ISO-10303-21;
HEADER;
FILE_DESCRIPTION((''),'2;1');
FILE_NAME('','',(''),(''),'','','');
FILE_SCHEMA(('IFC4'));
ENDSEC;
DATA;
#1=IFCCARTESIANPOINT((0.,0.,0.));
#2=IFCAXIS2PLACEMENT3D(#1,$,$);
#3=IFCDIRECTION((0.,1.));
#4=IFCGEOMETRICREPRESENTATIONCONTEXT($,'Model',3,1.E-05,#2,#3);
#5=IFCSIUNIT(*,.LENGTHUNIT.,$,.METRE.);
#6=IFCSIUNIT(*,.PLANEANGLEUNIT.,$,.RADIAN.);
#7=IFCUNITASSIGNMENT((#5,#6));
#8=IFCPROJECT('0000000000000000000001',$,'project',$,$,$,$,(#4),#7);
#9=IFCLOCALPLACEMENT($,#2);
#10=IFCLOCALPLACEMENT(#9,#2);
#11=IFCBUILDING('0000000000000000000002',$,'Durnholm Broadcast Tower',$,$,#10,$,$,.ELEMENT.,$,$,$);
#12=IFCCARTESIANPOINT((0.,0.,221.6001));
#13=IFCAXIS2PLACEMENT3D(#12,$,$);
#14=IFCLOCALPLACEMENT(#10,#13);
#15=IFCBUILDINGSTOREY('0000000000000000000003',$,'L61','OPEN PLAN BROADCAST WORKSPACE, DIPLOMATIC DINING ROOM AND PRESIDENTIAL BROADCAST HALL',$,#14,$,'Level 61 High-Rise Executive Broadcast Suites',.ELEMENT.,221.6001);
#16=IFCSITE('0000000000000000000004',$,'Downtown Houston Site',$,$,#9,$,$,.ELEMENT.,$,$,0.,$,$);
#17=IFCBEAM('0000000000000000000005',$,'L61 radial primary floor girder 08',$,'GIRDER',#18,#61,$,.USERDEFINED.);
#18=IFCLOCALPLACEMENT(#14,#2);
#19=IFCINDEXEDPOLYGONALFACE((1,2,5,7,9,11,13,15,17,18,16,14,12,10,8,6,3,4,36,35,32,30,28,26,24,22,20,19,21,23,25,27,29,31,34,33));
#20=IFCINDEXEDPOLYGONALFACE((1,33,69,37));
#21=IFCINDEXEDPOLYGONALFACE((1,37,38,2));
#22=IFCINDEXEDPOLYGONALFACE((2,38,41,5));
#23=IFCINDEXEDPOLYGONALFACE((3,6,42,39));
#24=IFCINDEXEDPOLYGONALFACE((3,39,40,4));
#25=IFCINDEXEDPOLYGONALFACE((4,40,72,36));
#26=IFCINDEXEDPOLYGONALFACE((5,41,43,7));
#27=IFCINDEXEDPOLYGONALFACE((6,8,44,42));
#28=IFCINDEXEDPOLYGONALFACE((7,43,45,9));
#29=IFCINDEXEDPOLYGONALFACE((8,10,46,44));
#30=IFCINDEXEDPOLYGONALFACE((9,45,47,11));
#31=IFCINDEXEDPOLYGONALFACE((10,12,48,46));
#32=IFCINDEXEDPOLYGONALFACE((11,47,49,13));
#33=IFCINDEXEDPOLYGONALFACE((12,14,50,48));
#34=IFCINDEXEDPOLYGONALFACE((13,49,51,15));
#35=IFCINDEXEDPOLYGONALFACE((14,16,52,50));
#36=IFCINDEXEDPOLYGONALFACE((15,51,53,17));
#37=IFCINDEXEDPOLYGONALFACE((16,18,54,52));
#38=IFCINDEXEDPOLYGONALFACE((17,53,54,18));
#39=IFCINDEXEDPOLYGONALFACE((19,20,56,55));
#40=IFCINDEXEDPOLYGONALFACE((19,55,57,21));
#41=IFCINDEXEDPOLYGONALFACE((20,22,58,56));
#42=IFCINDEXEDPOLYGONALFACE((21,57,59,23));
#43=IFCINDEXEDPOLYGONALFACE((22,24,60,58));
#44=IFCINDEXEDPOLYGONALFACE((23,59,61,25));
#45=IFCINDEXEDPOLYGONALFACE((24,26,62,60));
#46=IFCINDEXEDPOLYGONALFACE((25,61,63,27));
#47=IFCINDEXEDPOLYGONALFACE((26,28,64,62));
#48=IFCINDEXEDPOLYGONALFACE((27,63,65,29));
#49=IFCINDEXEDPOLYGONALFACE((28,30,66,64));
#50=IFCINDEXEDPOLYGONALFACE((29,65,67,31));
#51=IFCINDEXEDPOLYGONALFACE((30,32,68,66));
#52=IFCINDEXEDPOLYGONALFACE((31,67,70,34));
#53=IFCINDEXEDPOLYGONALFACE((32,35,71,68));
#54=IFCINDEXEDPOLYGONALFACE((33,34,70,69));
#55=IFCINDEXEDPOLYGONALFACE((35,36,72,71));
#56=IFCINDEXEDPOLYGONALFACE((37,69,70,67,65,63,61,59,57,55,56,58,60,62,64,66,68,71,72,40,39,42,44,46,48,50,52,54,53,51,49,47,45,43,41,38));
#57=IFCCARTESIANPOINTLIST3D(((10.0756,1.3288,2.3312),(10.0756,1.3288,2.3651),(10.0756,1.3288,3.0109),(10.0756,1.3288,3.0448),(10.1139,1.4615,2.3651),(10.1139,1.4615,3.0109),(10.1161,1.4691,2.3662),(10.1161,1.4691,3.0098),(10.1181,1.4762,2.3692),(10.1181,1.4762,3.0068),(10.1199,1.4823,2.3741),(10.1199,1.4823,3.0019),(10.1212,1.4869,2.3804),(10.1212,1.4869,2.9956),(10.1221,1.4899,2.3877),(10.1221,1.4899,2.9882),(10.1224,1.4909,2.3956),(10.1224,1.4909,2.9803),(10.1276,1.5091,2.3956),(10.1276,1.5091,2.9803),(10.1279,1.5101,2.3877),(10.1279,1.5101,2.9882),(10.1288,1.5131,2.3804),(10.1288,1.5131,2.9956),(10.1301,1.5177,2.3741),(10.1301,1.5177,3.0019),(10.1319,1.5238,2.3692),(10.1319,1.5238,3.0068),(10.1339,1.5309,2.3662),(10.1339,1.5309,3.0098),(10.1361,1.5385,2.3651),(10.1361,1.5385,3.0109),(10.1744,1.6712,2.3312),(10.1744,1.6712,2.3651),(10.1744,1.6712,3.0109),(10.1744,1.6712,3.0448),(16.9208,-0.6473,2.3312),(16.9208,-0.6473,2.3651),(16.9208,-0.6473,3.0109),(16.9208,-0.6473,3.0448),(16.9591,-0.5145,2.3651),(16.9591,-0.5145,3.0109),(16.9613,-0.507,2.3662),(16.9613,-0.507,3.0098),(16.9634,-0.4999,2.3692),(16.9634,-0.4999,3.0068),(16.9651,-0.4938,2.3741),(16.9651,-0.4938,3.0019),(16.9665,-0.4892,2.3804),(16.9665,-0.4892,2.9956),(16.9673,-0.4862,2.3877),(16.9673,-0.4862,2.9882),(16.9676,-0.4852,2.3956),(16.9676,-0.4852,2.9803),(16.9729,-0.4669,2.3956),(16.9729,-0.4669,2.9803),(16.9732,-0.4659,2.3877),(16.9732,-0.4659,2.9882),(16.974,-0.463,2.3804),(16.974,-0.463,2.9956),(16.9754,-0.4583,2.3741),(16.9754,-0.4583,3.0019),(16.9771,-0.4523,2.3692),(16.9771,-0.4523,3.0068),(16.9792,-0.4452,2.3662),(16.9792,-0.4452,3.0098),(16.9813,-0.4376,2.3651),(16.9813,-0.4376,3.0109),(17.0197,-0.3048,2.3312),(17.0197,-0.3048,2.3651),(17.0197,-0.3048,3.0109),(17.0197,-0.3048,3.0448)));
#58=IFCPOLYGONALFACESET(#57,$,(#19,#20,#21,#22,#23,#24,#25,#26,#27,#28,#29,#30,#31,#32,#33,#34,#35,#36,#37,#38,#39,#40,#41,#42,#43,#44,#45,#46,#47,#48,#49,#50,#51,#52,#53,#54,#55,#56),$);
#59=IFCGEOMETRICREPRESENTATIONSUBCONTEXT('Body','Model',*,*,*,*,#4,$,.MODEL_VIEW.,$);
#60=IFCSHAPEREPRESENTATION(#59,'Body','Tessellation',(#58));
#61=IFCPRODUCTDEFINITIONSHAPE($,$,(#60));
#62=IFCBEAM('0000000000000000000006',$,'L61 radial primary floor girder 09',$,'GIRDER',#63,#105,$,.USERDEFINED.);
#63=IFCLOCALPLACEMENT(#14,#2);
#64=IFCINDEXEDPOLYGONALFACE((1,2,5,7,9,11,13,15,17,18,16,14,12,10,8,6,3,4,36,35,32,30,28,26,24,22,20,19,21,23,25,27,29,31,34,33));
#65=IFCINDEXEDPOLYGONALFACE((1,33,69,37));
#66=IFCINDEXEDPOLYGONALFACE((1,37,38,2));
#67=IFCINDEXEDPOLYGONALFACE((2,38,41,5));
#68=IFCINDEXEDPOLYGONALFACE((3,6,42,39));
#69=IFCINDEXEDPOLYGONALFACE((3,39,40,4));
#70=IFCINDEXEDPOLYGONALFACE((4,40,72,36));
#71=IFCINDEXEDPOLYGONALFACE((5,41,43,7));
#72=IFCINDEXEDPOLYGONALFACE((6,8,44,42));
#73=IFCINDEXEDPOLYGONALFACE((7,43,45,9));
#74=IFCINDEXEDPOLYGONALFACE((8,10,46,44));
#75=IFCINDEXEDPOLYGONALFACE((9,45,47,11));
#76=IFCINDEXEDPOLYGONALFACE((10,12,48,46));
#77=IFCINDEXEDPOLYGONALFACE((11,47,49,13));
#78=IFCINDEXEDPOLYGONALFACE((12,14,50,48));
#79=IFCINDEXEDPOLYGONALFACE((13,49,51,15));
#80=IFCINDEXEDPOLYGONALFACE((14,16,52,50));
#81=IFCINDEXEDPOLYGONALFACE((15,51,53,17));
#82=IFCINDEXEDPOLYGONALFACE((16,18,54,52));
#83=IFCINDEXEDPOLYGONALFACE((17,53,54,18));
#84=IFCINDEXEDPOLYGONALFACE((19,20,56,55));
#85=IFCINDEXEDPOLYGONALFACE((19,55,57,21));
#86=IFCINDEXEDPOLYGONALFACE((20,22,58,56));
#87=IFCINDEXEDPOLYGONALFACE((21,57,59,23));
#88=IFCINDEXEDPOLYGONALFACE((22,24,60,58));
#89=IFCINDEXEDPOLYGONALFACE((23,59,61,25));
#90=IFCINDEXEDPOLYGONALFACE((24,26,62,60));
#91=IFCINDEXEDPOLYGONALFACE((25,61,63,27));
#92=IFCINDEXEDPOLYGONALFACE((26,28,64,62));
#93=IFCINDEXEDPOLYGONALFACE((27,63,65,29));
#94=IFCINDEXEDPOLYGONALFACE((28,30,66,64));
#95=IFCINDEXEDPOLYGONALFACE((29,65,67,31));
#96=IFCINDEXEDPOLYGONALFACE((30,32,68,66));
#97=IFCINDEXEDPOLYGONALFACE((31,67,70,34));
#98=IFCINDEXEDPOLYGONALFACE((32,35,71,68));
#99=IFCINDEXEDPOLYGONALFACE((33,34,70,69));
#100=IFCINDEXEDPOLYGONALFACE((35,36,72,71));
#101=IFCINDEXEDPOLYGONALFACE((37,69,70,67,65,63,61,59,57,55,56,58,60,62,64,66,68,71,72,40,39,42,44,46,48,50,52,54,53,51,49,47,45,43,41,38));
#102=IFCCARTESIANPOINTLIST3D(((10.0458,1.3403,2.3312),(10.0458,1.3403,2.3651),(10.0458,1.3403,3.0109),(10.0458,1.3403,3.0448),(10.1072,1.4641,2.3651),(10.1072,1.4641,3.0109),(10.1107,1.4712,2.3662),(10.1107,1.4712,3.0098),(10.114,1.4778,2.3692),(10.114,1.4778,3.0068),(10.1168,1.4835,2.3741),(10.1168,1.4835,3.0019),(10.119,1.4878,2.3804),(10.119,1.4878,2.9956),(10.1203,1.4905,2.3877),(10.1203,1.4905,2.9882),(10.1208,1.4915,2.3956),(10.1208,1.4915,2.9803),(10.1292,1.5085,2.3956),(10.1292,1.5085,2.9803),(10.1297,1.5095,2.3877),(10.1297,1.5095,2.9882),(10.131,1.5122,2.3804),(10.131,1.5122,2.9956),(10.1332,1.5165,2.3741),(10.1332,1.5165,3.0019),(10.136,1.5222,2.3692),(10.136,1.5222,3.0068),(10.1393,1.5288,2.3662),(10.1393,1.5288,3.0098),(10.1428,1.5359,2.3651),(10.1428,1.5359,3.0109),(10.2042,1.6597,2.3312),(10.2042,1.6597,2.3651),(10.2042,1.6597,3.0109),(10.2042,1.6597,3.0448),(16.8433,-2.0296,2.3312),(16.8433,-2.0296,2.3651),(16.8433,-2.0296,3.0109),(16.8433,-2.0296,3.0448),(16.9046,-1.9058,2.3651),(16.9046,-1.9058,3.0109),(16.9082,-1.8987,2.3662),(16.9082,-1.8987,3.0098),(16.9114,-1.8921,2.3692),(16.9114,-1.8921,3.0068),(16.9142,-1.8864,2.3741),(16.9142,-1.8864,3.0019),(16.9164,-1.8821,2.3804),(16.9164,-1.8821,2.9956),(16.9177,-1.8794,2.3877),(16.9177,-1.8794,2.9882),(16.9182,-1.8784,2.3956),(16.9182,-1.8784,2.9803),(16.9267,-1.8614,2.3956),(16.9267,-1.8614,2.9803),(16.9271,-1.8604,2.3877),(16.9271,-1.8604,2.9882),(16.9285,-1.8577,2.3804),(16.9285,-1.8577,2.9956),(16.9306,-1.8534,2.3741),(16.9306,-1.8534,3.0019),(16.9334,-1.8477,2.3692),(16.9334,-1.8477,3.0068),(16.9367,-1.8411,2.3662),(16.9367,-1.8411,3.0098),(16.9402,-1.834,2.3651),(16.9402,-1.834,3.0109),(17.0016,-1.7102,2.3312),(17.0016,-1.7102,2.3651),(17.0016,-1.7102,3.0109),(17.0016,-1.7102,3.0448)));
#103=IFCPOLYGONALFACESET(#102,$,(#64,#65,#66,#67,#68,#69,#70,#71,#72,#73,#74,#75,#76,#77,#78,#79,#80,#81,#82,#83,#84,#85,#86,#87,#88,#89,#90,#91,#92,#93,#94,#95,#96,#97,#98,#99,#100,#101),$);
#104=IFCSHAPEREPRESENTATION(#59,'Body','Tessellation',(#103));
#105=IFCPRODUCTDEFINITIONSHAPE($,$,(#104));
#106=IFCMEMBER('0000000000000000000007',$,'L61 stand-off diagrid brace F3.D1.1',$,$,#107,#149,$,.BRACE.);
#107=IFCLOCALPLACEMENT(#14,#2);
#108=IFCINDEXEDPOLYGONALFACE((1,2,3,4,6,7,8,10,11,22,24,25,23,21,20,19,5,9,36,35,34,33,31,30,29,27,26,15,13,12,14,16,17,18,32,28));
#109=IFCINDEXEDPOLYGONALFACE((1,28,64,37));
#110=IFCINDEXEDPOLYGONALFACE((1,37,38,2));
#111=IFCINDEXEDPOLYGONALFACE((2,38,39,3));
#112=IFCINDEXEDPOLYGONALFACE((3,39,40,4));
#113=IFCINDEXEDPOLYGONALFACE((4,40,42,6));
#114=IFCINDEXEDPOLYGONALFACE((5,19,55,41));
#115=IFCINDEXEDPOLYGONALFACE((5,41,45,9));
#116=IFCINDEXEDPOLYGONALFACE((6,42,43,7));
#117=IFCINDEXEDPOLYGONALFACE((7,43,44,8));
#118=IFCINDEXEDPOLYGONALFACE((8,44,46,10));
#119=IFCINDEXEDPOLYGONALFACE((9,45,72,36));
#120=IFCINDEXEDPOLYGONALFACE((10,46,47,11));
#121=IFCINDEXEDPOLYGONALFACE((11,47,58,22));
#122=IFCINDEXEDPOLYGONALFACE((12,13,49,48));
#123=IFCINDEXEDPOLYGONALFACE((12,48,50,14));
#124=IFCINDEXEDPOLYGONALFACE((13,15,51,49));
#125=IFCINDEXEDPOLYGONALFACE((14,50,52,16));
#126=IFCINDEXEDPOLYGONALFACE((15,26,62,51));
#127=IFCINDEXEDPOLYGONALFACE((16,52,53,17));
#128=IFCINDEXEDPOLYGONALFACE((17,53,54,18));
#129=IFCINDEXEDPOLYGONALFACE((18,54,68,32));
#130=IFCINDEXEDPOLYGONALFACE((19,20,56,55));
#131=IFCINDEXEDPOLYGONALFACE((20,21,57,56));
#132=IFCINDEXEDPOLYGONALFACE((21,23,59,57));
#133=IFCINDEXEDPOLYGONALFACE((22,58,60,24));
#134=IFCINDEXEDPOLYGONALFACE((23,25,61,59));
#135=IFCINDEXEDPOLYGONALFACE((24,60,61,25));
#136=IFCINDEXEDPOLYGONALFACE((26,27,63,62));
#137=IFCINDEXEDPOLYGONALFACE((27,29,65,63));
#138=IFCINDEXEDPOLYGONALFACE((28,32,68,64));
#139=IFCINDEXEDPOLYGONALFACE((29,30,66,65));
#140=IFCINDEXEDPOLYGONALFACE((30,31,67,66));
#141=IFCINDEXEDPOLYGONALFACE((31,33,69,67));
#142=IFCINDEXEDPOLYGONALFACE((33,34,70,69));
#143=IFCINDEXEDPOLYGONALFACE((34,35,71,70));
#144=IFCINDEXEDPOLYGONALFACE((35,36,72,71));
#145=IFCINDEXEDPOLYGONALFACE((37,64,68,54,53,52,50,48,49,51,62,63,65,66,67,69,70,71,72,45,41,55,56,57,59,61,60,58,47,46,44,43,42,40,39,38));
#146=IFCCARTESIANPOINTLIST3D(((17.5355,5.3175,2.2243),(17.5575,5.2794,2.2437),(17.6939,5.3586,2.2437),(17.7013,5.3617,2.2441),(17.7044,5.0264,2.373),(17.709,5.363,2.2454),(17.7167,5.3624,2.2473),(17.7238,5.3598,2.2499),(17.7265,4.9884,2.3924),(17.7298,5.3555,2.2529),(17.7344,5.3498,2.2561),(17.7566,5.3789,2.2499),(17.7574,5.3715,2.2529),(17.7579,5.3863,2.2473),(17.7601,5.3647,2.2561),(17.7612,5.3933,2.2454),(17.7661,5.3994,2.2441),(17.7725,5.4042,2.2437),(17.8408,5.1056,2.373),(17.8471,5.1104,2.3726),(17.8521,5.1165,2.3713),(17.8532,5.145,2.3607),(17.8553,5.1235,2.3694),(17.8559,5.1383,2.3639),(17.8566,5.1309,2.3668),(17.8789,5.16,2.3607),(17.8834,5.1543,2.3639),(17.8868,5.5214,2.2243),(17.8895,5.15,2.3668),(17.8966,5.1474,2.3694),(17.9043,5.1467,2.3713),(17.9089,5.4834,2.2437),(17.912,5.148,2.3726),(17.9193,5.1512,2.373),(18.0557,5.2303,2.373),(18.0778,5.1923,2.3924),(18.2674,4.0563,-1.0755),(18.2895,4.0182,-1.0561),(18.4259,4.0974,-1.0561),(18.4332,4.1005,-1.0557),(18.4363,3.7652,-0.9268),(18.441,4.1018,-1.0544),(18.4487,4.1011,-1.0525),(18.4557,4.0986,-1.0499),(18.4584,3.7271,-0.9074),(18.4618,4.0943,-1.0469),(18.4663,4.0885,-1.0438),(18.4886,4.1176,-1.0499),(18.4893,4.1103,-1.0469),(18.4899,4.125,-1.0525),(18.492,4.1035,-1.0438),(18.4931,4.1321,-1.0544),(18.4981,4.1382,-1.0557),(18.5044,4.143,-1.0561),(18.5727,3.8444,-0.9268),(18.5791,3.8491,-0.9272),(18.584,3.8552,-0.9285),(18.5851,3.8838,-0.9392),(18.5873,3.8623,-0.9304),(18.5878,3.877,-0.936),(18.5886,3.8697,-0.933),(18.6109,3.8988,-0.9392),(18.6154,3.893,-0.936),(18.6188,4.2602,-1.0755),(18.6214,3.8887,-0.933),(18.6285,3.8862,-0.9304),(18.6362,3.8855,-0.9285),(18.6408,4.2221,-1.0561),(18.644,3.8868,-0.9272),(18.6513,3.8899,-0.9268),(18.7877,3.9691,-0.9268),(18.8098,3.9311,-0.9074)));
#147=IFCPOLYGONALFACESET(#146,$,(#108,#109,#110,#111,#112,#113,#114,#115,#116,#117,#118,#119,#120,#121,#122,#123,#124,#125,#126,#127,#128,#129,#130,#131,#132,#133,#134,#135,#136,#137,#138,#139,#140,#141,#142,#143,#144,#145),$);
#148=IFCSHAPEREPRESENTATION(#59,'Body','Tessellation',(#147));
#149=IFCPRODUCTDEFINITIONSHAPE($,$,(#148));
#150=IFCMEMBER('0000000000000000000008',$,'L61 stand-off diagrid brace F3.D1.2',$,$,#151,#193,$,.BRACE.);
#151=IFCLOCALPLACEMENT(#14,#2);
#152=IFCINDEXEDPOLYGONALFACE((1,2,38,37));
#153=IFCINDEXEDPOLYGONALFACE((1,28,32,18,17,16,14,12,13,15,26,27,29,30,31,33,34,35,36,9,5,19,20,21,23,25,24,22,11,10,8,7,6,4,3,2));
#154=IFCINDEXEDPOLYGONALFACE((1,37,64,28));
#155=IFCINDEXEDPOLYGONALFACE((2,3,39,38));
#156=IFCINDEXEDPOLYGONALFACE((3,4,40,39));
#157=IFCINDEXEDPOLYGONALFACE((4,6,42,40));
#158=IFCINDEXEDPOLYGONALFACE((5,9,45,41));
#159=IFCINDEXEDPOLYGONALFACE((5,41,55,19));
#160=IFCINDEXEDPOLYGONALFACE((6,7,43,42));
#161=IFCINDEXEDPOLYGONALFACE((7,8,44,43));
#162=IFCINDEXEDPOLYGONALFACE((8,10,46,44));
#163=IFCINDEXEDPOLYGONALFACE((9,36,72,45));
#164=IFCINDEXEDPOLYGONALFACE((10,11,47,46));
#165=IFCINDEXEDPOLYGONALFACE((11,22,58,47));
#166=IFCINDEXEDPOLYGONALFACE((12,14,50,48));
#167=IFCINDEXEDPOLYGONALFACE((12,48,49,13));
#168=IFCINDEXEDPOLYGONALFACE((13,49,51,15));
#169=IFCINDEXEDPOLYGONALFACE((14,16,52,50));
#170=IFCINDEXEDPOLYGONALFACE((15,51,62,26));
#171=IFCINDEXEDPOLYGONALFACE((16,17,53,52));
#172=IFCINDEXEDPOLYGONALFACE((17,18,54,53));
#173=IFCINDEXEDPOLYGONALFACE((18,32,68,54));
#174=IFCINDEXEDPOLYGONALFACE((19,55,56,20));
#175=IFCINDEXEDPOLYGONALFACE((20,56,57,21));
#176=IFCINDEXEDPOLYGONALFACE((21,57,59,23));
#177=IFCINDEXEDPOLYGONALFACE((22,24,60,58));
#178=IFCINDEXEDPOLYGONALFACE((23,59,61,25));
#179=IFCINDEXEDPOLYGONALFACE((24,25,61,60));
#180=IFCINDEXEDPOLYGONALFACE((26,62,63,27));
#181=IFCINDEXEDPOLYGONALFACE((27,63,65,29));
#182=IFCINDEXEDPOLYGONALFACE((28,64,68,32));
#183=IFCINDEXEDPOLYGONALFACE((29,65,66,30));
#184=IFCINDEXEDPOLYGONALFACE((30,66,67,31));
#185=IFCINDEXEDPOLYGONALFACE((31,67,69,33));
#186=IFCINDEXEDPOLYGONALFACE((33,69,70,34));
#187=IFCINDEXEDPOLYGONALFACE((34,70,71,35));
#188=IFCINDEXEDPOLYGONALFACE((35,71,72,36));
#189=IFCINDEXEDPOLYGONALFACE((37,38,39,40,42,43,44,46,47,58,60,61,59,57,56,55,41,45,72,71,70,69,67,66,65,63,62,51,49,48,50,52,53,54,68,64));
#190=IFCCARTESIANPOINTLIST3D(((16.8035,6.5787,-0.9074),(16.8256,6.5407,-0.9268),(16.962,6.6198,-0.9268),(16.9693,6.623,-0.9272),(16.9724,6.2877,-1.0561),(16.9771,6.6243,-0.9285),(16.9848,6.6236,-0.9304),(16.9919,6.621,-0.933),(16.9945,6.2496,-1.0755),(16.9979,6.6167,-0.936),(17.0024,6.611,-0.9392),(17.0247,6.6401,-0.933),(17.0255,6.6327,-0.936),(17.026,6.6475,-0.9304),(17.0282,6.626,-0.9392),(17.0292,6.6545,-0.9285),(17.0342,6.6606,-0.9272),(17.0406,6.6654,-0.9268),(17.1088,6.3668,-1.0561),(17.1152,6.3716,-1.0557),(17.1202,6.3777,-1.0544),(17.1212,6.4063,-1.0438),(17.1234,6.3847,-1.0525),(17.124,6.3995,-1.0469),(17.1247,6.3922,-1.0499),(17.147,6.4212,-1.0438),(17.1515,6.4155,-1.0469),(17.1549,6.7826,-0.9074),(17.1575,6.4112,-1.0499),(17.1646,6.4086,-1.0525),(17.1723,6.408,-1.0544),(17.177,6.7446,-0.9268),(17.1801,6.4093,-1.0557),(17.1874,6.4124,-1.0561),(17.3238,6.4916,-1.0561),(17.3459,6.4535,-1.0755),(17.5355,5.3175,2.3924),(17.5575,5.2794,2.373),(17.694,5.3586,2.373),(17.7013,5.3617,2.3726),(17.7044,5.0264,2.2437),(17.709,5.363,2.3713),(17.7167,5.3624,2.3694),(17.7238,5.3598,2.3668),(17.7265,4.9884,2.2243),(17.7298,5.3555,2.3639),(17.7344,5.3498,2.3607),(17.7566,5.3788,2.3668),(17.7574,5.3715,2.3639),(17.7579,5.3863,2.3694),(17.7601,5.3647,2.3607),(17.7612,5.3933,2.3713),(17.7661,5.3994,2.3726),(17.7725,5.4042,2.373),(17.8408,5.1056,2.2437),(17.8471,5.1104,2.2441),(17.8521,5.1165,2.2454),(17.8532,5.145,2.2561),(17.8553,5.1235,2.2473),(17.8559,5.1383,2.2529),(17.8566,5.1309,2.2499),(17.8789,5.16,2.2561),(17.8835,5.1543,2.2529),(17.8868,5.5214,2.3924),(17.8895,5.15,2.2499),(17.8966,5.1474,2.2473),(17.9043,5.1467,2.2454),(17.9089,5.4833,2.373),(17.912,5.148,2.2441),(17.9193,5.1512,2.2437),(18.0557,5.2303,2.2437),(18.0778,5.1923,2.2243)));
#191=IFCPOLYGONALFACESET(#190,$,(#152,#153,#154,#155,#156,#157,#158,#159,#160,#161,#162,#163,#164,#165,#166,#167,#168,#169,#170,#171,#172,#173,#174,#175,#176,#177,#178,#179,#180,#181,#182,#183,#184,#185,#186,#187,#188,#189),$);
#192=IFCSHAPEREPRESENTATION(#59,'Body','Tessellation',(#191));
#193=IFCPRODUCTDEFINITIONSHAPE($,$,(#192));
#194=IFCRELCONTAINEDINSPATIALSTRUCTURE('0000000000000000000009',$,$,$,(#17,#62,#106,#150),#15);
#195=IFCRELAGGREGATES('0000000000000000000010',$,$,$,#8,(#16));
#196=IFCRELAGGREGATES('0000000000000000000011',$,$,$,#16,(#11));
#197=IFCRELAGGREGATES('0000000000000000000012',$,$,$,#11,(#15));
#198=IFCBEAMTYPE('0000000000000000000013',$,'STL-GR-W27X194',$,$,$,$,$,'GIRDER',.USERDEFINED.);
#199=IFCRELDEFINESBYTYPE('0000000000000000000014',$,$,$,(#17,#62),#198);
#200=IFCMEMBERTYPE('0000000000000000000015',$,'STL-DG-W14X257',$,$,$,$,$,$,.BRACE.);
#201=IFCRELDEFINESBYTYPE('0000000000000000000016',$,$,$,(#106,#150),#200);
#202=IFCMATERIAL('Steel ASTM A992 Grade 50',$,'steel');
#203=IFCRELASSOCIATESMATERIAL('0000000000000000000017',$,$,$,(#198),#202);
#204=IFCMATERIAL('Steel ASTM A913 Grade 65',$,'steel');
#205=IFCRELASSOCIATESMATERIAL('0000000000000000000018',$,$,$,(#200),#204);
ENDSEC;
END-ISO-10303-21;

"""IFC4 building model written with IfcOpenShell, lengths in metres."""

from ifc_helpers import new_model, si_unit, direction, frame, origin, origin_2d, place, context, subcontext, project, spatial, i_section, extrude, source, transform, mapped, material, material_profile, profile_set, type_object, type_shapes, element, save


model = new_model("IFC4")

# Units and contexts
model_context = context("Model", 3, precision=1e-05, world=origin(), true_north=direction((0.0, 1.0)))
body_context = subcontext(model_context, "Body", "Model", "MODEL_VIEW")
ifc_project = project(units=[si_unit("LENGTHUNIT", "METRE"), si_unit("PLANEANGLEUNIT", "RADIAN")], contexts=[model_context])

# Site, building, storey
site_placement = place(None, origin())
site = spatial("IfcSite", under=ifc_project, at=site_placement, Name="Downtown Houston Site", CompositionType="ELEMENT", RefElevation=0.0)
building_placement = place(site_placement, origin())
building = spatial("IfcBuilding", under=site, at=building_placement, Name="Durnholm Broadcast Tower", CompositionType="ELEMENT")
storey_placement = place(building_placement, frame((0.0, 0.0, 221.6001)))
storey = spatial("IfcBuildingStorey", under=building, at=storey_placement, Name="L61", Description="OPEN PLAN BROADCAST WORKSPACE, DIPLOMATIC DINING ROOM AND PRESIDENTIAL BROADCAST HALL", LongName="Level 61 High-Rise Executive Broadcast Suites", CompositionType="ELEMENT", Elevation=221.6001)

# Beams
ifc_material_1 = material(Name="Steel ASTM A992 Grade 50", Category="steel")
ifc_material_profile_1 = material_profile(ifc_material_1, i_section(OverallWidth=0.3564, OverallDepth=0.7136, WebThickness=0.019, FlangeThickness=0.0339, FilletRadius=0.0305, at=origin_2d()), Name="W27X194")
ifc_profile_set_1 = profile_set([ifc_material_profile_1], Name="Steel ASTM A992 Grade 50")
beam_type_1 = type_object("IfcBeamType", Name="STL-GR-W27X194", ElementType="GIRDER", PredefinedType="USERDEFINED", material=ifc_profile_set_1)
shared_shape_1 = source(origin(), body_context, "Body", "SweptSolid", [
    extrude(i_section(OverallWidth=0.3564, OverallDepth=0.7136, WebThickness=0.019, FlangeThickness=0.0339, FilletRadius=0.0305, at=origin_2d()), origin(), (0.0, 0.0, 1.0), 7.1248),
])
beam_1_placement = place(storey_placement, frame((10.125, 1.5, 2.688), z_axis=(0.960768, -0.277354, 0.0), x_axis=(0.277354, 0.960768, 0.0)))
element("IfcBeam", 1, at=beam_1_placement, inside=storey, type_object=beam_type_1, Name="L61 radial primary floor girder 08", ObjectType="GIRDER", PredefinedType="USERDEFINED", context=body_context, shape_type="MappedRepresentation", body=[
    mapped(shared_shape_1, transform((0.0, 0.0, 0.0), x_axis=(1.0, 0.0, 0.0), y_axis=(0.0, 1.0, 0.0), z_axis=(0.0, 0.0, 1.0), scale=1.0)),
])
shared_shape_2 = source(origin(), body_context, "Body", "SweptSolid", [
    extrude(i_section(OverallWidth=0.3564, OverallDepth=0.7136, WebThickness=0.019, FlangeThickness=0.0339, FilletRadius=0.0305, at=origin_2d()), origin(), (0.0, 0.0, 1.0), 7.5869),
])
type_shapes(beam_type_1, [shared_shape_1, shared_shape_2])
beam_2_placement = place(storey_placement, frame((10.125, 1.5, 2.688), z_axis=(0.895941, -0.444173, 0.0), x_axis=(0.444173, 0.895941, 0.0)))
element("IfcBeam", 2, at=beam_2_placement, inside=storey, type_object=beam_type_1, Name="L61 radial primary floor girder 09", ObjectType="GIRDER", PredefinedType="USERDEFINED", context=body_context, shape_type="MappedRepresentation", body=[
    mapped(shared_shape_2, transform((0.0, 0.0, 0.0), x_axis=(1.0, 0.0, 0.0), y_axis=(0.0, 1.0, 0.0), z_axis=(0.0, 0.0, 1.0), scale=1.0)),
])

# Members
ifc_material_2 = material(Name="Steel ASTM A913 Grade 65", Category="steel")
ifc_material_profile_2 = material_profile(ifc_material_2, i_section(OverallWidth=0.4062, OverallDepth=0.416, WebThickness=0.0298, FlangeThickness=0.0481, FilletRadius=0.0305, at=origin_2d()), Name="W14X257")
ifc_profile_set_2 = profile_set([ifc_material_profile_2], Name="Steel ASTM A913 Grade 65")
member_type_1 = type_object("IfcMemberType", Name="STL-DG-W14X257", PredefinedType="BRACE", material=ifc_profile_set_2)
shared_shape_3 = source(origin(), body_context, "Body", "SweptSolid", [
    extrude(i_section(OverallWidth=0.4062, OverallDepth=0.416, WebThickness=0.0298, FlangeThickness=0.0481, FilletRadius=0.0305, at=origin_2d()), origin(), (0.0, 0.0, 1.0), 3.6077),
])
type_shapes(member_type_1, [shared_shape_3])
for number, where, z_axis, x_axis, name in (
    (3, (18.5386, 3.9937, -0.9915), (-0.202884, 0.349599, 0.914669), (-0.864906, -0.501934, 0.0), "L61 stand-off diagrid brace F3.D1.1"),
    (4, (17.0747, 6.5161, -0.9915), (0.202884, -0.349599, 0.914669), (0.864906, 0.501934, 0.0), "L61 stand-off diagrid brace F3.D1.2"),
):
    element("IfcMember", number, at=place(storey_placement, frame(where, z_axis=z_axis, x_axis=x_axis)), inside=storey, type_object=member_type_1, Name=name, PredefinedType="BRACE", context=body_context, shape_type="MappedRepresentation", body=[
        mapped(shared_shape_3, transform((0.0, 0.0, 0.0), x_axis=(1.0, 0.0, 0.0), y_axis=(0.0, 1.0, 0.0), z_axis=(0.0, 0.0, 1.0), scale=1.0)),
    ])

save(model, "model.ifc")
